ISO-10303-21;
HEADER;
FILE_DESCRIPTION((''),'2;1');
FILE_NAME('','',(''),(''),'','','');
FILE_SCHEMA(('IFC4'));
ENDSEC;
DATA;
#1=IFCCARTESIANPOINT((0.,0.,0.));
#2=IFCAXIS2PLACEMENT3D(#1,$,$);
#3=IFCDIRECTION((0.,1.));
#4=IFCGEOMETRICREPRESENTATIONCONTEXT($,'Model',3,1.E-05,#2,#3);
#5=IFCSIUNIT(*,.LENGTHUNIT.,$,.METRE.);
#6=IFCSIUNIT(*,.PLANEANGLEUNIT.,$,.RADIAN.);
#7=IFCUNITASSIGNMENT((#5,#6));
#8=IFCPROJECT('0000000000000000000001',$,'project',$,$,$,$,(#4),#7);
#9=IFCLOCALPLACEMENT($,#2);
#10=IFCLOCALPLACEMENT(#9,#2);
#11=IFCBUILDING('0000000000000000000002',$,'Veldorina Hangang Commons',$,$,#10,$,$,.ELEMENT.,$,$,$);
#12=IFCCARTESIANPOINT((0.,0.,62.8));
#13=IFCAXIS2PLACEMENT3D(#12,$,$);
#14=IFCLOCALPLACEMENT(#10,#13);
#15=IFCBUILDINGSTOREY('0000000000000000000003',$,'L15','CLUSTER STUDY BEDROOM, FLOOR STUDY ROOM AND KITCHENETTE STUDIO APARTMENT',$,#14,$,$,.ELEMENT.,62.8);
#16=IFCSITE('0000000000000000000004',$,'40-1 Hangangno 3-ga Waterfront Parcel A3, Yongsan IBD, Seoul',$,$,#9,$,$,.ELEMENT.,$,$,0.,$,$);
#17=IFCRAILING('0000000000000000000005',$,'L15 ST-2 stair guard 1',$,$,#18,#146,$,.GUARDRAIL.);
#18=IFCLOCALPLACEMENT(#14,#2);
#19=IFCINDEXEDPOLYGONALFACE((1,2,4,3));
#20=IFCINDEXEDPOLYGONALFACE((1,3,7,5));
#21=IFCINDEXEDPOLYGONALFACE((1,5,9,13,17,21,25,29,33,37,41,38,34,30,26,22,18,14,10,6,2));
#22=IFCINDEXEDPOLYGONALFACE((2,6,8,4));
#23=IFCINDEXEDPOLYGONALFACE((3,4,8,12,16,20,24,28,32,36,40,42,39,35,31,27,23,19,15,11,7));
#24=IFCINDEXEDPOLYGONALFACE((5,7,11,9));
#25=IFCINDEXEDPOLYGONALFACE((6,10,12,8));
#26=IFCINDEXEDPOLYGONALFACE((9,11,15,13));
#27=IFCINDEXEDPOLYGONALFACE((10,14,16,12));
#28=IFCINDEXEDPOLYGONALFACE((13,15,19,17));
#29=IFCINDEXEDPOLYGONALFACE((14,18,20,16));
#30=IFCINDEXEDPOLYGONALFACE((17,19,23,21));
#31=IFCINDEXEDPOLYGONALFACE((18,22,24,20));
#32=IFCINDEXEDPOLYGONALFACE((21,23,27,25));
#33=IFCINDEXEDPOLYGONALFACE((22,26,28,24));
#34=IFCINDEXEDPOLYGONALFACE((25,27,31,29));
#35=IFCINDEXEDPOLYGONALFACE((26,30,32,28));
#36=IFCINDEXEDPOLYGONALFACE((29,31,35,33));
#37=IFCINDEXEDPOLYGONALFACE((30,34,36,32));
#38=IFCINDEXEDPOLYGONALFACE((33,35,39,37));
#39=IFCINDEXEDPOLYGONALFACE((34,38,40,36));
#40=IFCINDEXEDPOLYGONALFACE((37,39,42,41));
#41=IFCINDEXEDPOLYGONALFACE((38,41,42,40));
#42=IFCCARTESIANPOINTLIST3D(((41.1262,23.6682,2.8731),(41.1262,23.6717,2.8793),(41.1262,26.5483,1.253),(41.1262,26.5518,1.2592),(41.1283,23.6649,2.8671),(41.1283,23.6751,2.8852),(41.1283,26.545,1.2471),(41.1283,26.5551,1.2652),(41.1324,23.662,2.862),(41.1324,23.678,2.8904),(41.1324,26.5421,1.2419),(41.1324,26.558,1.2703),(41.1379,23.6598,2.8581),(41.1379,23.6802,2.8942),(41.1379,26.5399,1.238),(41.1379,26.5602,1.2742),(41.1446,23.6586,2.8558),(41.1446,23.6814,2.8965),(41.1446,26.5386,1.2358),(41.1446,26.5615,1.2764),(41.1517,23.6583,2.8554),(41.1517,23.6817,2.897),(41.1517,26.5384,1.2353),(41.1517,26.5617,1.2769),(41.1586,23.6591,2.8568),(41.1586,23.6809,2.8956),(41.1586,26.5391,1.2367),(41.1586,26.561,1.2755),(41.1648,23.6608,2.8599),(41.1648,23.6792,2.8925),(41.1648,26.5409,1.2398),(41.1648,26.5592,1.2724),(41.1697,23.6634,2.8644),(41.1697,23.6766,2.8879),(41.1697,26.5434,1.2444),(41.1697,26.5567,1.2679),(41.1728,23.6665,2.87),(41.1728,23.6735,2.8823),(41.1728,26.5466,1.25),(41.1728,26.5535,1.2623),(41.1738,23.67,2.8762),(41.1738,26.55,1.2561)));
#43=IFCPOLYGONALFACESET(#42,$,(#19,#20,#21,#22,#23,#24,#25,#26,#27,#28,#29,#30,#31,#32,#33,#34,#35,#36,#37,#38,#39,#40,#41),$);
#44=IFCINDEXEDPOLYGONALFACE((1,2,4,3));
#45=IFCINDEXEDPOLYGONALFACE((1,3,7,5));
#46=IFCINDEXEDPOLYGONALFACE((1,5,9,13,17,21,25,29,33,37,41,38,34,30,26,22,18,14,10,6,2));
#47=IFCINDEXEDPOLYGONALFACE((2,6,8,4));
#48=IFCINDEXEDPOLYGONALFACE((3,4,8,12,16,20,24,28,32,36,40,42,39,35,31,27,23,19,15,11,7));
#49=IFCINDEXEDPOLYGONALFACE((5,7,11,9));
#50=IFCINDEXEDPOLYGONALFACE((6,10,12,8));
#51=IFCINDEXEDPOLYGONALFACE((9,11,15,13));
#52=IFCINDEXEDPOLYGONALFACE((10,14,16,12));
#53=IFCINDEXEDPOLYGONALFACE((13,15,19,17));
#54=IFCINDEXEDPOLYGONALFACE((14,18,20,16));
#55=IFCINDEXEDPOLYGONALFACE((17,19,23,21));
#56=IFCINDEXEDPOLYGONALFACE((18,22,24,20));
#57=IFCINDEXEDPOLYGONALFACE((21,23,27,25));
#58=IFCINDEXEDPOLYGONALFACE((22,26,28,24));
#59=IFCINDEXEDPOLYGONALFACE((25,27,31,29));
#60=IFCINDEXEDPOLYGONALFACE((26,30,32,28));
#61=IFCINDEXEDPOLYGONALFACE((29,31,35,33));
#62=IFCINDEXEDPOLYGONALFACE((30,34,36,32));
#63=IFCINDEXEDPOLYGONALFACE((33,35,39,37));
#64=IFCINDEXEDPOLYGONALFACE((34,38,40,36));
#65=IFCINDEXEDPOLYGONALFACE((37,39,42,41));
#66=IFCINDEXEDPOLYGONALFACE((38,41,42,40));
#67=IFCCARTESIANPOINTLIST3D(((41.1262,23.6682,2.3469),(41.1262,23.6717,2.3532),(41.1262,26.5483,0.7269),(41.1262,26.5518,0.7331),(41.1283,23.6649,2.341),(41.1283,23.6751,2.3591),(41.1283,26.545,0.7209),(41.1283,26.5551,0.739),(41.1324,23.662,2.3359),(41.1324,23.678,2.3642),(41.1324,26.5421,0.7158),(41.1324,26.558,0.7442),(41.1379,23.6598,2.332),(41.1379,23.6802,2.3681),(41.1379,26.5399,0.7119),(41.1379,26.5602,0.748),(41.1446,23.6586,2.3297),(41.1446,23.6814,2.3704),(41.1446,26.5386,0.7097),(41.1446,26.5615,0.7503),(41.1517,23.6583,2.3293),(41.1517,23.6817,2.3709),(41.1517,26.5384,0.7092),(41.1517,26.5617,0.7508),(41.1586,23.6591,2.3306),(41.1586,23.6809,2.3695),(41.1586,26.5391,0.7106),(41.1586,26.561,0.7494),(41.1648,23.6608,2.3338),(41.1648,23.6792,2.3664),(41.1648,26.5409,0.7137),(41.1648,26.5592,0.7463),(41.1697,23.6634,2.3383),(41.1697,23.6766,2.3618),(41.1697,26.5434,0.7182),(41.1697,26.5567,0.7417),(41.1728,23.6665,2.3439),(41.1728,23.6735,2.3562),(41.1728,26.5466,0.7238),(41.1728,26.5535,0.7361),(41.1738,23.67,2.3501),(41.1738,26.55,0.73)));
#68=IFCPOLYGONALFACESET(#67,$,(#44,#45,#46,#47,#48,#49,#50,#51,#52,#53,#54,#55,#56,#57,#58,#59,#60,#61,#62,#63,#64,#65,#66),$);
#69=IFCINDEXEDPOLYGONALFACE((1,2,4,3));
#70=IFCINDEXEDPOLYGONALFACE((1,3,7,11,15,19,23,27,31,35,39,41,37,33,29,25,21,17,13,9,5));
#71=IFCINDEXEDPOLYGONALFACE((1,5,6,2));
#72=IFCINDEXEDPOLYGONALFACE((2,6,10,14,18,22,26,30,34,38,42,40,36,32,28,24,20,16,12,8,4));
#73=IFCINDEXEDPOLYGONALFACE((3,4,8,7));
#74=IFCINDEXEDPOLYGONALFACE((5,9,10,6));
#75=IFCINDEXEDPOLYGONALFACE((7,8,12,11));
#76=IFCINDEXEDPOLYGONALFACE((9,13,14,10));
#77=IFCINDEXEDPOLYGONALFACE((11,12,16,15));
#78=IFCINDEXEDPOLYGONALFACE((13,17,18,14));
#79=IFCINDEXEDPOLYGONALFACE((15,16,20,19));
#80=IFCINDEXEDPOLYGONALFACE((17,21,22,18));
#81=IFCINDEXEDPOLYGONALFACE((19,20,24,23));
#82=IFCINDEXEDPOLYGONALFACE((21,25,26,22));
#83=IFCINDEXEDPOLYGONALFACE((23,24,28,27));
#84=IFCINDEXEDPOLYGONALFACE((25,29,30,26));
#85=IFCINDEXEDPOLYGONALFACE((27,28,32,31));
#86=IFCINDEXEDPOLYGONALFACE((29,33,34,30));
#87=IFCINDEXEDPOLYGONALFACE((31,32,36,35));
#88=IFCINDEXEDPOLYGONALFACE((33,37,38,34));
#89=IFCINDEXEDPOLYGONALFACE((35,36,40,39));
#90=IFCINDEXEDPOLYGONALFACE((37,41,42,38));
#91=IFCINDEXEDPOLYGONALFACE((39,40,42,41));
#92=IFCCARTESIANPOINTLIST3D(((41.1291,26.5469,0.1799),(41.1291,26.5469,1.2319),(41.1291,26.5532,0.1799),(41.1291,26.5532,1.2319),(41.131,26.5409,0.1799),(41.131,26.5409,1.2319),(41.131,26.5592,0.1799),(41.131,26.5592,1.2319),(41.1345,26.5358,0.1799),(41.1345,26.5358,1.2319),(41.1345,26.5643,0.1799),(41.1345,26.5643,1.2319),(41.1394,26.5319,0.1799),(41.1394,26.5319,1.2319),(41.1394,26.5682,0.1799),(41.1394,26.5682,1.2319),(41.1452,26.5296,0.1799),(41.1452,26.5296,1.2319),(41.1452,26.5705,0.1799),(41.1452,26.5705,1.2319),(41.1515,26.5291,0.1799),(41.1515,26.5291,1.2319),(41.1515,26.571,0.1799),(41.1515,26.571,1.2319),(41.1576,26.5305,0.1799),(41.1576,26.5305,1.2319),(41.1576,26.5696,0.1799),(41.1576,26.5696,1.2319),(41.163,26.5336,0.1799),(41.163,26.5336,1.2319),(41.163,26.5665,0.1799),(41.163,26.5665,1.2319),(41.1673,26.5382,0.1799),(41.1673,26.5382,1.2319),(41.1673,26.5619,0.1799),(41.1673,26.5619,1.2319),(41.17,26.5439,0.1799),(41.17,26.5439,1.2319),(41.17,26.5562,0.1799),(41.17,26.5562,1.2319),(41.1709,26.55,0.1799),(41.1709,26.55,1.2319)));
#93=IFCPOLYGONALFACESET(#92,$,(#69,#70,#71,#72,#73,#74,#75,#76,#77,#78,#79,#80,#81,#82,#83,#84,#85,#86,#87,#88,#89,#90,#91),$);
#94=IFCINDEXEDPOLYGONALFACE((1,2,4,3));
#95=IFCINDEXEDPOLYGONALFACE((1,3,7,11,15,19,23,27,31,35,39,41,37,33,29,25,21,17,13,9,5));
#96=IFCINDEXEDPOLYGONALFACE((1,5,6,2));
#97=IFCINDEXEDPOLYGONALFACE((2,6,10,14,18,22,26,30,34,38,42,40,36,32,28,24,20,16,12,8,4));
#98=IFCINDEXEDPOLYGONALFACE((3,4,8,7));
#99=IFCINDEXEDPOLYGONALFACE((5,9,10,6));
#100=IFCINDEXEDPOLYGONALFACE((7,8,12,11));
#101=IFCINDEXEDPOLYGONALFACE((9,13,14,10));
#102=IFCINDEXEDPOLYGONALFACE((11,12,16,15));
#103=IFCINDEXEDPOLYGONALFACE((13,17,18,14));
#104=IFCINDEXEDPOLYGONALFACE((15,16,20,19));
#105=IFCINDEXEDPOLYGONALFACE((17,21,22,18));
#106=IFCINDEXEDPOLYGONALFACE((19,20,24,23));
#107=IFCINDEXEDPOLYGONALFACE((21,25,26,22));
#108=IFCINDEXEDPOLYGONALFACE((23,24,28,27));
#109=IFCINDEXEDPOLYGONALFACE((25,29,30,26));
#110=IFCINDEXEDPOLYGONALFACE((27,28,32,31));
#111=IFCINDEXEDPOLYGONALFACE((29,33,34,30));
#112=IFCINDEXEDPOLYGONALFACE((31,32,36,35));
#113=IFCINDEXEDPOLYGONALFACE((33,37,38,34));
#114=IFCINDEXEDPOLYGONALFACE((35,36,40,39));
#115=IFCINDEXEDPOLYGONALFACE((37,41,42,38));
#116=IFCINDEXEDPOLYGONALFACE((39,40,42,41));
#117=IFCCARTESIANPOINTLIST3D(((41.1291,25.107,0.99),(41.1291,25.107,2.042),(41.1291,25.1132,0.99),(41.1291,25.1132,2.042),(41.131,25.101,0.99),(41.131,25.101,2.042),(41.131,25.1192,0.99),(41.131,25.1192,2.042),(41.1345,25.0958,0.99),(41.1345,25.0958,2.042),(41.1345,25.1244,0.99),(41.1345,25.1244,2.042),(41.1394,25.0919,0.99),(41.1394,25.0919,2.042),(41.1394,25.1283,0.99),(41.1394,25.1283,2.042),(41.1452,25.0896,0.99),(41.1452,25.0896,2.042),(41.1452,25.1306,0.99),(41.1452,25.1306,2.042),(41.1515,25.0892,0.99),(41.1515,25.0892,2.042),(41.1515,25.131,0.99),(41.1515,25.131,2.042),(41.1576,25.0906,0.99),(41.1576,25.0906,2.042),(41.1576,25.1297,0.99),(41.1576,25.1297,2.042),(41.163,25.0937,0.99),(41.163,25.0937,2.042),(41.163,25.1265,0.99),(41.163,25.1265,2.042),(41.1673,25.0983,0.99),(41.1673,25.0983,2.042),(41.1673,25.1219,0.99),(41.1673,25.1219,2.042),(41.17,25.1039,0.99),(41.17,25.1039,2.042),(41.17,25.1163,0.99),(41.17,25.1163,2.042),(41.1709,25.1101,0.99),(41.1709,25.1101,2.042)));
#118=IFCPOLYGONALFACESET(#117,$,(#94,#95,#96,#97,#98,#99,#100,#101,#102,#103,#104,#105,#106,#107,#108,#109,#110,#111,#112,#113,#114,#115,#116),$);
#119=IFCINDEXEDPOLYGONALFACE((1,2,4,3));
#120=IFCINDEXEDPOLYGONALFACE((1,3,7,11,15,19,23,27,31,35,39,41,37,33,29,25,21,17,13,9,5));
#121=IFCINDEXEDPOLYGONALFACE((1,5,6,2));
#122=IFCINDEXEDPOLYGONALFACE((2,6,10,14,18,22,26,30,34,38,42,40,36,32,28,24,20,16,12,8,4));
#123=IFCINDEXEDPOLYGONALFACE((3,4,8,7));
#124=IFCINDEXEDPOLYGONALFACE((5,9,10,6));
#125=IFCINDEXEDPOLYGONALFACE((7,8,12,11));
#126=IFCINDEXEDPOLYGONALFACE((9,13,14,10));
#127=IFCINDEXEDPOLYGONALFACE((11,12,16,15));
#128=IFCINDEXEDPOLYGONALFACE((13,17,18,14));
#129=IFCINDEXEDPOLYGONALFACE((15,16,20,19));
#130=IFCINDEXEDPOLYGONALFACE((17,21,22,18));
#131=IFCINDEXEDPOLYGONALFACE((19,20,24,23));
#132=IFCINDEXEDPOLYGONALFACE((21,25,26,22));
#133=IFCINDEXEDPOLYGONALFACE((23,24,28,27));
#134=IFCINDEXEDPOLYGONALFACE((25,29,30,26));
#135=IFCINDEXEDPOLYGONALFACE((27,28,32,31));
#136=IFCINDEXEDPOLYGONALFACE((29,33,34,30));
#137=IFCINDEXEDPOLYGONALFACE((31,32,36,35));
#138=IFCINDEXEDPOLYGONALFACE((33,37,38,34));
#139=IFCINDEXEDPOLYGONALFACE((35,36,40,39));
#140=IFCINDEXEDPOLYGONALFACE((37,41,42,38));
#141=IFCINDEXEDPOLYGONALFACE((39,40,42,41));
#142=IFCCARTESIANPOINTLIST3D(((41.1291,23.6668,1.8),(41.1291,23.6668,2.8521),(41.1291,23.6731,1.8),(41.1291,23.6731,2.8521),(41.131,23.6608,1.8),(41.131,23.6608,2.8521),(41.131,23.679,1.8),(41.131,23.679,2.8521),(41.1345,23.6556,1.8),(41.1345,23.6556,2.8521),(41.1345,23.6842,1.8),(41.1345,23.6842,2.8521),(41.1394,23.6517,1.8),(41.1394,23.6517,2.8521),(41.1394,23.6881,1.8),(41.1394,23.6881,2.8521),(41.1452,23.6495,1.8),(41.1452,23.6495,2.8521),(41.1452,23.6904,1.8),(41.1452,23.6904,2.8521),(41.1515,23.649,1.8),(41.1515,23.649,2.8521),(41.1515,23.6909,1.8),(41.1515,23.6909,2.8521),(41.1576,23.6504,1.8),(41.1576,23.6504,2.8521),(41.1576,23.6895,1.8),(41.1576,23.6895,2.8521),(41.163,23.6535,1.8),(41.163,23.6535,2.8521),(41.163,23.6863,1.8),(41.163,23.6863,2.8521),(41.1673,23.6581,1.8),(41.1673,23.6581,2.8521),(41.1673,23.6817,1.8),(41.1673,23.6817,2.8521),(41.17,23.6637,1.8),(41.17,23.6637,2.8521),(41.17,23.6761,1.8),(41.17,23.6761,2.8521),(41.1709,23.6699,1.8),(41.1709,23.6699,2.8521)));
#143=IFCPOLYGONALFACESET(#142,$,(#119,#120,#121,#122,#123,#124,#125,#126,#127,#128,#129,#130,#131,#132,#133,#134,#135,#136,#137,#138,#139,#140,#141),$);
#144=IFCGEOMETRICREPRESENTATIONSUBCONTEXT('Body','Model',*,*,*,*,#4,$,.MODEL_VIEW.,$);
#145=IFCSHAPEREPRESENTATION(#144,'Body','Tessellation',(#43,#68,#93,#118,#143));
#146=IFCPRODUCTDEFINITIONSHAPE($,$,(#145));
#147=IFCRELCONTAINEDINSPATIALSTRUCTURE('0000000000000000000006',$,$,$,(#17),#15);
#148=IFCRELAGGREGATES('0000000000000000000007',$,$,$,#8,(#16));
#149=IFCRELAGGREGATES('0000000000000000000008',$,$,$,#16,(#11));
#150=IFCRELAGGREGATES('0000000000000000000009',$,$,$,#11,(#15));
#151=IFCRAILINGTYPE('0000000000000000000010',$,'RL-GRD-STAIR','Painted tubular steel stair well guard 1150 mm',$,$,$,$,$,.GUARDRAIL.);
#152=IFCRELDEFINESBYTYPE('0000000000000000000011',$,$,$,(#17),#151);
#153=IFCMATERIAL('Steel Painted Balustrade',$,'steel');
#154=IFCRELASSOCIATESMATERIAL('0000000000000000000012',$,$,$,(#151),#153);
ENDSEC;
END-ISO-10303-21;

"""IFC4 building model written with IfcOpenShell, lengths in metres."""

from ifc_helpers import new_model, si_unit, direction, frame, origin, origin_2d, place, context, subcontext, project, spatial, circle, extrude, material, type_object, element, save


model = new_model("IFC4")

# Units and contexts
model_context = context("Model", 3, precision=1e-05, world=origin(), true_north=direction((0.0, 1.0)))
body_context = subcontext(model_context, "Body", "Model", "MODEL_VIEW")
ifc_project = project(units=[si_unit("LENGTHUNIT", "METRE"), si_unit("PLANEANGLEUNIT", "RADIAN")], contexts=[model_context])

# Site, building, storey
site_placement = place(None, origin())
site = spatial("IfcSite", under=ifc_project, at=site_placement, Name="40-1 Hangangno 3-ga Waterfront Parcel A3, Yongsan IBD, Seoul", CompositionType="ELEMENT", RefElevation=0.0)
building_placement = place(site_placement, origin())
building = spatial("IfcBuilding", under=site, at=building_placement, Name="Veldorina Hangang Commons", CompositionType="ELEMENT")
storey_placement = place(building_placement, frame((0.0, 0.0, 62.8)))
storey = spatial("IfcBuildingStorey", under=building, at=storey_placement, Name="L15", Description="CLUSTER STUDY BEDROOM, FLOOR STUDY ROOM AND KITCHENETTE STUDIO APARTMENT", CompositionType="ELEMENT", Elevation=62.8)

# Railing
ifc_material_1 = material(Name="Steel Painted Balustrade", Category="steel")
railing_type_1 = type_object("IfcRailingType", Name="RL-GRD-STAIR", Description="Painted tubular steel stair well guard 1150 mm", PredefinedType="GUARDRAIL", material=ifc_material_1)
railing_1_placement = place(storey_placement, frame((41.1499, 26.55, 0.1799)))
element("IfcRailing", 1, at=railing_1_placement, inside=storey, type_object=railing_type_1, Name="L15 ST-2 stair guard 1", PredefinedType="GUARDRAIL", context=body_context, shape_type="SweptSolid", body=[
    extrude(circle(Radius=0.0239, at=origin_2d()), frame((0.0, 0.0, 1.0762), z_axis=(0.0, -0.87157, 0.490272), x_axis=(1.0, 0.0, 0.0)), (0.0, 0.0, 1.0), 3.3044),
    extrude(circle(Radius=0.0239, at=origin_2d()), frame((0.0, 0.0, 0.55), z_axis=(0.0, -0.87157, 0.490272), x_axis=(1.0, 0.0, 0.0)), (0.0, 0.0, 1.0), 3.3044),
    extrude(circle(Radius=0.021, at=origin_2d()), origin(), (0.0, 0.0, 1.0), 1.052),
    extrude(circle(Radius=0.021, at=origin_2d()), frame((0.0, -1.4399, 0.8101)), (0.0, 0.0, 1.0), 1.052),
    extrude(circle(Radius=0.021, at=origin_2d()), frame((0.0, -2.8801, 1.6201)), (0.0, 0.0, 1.0), 1.052),
])

save(model, "model.ifc")
